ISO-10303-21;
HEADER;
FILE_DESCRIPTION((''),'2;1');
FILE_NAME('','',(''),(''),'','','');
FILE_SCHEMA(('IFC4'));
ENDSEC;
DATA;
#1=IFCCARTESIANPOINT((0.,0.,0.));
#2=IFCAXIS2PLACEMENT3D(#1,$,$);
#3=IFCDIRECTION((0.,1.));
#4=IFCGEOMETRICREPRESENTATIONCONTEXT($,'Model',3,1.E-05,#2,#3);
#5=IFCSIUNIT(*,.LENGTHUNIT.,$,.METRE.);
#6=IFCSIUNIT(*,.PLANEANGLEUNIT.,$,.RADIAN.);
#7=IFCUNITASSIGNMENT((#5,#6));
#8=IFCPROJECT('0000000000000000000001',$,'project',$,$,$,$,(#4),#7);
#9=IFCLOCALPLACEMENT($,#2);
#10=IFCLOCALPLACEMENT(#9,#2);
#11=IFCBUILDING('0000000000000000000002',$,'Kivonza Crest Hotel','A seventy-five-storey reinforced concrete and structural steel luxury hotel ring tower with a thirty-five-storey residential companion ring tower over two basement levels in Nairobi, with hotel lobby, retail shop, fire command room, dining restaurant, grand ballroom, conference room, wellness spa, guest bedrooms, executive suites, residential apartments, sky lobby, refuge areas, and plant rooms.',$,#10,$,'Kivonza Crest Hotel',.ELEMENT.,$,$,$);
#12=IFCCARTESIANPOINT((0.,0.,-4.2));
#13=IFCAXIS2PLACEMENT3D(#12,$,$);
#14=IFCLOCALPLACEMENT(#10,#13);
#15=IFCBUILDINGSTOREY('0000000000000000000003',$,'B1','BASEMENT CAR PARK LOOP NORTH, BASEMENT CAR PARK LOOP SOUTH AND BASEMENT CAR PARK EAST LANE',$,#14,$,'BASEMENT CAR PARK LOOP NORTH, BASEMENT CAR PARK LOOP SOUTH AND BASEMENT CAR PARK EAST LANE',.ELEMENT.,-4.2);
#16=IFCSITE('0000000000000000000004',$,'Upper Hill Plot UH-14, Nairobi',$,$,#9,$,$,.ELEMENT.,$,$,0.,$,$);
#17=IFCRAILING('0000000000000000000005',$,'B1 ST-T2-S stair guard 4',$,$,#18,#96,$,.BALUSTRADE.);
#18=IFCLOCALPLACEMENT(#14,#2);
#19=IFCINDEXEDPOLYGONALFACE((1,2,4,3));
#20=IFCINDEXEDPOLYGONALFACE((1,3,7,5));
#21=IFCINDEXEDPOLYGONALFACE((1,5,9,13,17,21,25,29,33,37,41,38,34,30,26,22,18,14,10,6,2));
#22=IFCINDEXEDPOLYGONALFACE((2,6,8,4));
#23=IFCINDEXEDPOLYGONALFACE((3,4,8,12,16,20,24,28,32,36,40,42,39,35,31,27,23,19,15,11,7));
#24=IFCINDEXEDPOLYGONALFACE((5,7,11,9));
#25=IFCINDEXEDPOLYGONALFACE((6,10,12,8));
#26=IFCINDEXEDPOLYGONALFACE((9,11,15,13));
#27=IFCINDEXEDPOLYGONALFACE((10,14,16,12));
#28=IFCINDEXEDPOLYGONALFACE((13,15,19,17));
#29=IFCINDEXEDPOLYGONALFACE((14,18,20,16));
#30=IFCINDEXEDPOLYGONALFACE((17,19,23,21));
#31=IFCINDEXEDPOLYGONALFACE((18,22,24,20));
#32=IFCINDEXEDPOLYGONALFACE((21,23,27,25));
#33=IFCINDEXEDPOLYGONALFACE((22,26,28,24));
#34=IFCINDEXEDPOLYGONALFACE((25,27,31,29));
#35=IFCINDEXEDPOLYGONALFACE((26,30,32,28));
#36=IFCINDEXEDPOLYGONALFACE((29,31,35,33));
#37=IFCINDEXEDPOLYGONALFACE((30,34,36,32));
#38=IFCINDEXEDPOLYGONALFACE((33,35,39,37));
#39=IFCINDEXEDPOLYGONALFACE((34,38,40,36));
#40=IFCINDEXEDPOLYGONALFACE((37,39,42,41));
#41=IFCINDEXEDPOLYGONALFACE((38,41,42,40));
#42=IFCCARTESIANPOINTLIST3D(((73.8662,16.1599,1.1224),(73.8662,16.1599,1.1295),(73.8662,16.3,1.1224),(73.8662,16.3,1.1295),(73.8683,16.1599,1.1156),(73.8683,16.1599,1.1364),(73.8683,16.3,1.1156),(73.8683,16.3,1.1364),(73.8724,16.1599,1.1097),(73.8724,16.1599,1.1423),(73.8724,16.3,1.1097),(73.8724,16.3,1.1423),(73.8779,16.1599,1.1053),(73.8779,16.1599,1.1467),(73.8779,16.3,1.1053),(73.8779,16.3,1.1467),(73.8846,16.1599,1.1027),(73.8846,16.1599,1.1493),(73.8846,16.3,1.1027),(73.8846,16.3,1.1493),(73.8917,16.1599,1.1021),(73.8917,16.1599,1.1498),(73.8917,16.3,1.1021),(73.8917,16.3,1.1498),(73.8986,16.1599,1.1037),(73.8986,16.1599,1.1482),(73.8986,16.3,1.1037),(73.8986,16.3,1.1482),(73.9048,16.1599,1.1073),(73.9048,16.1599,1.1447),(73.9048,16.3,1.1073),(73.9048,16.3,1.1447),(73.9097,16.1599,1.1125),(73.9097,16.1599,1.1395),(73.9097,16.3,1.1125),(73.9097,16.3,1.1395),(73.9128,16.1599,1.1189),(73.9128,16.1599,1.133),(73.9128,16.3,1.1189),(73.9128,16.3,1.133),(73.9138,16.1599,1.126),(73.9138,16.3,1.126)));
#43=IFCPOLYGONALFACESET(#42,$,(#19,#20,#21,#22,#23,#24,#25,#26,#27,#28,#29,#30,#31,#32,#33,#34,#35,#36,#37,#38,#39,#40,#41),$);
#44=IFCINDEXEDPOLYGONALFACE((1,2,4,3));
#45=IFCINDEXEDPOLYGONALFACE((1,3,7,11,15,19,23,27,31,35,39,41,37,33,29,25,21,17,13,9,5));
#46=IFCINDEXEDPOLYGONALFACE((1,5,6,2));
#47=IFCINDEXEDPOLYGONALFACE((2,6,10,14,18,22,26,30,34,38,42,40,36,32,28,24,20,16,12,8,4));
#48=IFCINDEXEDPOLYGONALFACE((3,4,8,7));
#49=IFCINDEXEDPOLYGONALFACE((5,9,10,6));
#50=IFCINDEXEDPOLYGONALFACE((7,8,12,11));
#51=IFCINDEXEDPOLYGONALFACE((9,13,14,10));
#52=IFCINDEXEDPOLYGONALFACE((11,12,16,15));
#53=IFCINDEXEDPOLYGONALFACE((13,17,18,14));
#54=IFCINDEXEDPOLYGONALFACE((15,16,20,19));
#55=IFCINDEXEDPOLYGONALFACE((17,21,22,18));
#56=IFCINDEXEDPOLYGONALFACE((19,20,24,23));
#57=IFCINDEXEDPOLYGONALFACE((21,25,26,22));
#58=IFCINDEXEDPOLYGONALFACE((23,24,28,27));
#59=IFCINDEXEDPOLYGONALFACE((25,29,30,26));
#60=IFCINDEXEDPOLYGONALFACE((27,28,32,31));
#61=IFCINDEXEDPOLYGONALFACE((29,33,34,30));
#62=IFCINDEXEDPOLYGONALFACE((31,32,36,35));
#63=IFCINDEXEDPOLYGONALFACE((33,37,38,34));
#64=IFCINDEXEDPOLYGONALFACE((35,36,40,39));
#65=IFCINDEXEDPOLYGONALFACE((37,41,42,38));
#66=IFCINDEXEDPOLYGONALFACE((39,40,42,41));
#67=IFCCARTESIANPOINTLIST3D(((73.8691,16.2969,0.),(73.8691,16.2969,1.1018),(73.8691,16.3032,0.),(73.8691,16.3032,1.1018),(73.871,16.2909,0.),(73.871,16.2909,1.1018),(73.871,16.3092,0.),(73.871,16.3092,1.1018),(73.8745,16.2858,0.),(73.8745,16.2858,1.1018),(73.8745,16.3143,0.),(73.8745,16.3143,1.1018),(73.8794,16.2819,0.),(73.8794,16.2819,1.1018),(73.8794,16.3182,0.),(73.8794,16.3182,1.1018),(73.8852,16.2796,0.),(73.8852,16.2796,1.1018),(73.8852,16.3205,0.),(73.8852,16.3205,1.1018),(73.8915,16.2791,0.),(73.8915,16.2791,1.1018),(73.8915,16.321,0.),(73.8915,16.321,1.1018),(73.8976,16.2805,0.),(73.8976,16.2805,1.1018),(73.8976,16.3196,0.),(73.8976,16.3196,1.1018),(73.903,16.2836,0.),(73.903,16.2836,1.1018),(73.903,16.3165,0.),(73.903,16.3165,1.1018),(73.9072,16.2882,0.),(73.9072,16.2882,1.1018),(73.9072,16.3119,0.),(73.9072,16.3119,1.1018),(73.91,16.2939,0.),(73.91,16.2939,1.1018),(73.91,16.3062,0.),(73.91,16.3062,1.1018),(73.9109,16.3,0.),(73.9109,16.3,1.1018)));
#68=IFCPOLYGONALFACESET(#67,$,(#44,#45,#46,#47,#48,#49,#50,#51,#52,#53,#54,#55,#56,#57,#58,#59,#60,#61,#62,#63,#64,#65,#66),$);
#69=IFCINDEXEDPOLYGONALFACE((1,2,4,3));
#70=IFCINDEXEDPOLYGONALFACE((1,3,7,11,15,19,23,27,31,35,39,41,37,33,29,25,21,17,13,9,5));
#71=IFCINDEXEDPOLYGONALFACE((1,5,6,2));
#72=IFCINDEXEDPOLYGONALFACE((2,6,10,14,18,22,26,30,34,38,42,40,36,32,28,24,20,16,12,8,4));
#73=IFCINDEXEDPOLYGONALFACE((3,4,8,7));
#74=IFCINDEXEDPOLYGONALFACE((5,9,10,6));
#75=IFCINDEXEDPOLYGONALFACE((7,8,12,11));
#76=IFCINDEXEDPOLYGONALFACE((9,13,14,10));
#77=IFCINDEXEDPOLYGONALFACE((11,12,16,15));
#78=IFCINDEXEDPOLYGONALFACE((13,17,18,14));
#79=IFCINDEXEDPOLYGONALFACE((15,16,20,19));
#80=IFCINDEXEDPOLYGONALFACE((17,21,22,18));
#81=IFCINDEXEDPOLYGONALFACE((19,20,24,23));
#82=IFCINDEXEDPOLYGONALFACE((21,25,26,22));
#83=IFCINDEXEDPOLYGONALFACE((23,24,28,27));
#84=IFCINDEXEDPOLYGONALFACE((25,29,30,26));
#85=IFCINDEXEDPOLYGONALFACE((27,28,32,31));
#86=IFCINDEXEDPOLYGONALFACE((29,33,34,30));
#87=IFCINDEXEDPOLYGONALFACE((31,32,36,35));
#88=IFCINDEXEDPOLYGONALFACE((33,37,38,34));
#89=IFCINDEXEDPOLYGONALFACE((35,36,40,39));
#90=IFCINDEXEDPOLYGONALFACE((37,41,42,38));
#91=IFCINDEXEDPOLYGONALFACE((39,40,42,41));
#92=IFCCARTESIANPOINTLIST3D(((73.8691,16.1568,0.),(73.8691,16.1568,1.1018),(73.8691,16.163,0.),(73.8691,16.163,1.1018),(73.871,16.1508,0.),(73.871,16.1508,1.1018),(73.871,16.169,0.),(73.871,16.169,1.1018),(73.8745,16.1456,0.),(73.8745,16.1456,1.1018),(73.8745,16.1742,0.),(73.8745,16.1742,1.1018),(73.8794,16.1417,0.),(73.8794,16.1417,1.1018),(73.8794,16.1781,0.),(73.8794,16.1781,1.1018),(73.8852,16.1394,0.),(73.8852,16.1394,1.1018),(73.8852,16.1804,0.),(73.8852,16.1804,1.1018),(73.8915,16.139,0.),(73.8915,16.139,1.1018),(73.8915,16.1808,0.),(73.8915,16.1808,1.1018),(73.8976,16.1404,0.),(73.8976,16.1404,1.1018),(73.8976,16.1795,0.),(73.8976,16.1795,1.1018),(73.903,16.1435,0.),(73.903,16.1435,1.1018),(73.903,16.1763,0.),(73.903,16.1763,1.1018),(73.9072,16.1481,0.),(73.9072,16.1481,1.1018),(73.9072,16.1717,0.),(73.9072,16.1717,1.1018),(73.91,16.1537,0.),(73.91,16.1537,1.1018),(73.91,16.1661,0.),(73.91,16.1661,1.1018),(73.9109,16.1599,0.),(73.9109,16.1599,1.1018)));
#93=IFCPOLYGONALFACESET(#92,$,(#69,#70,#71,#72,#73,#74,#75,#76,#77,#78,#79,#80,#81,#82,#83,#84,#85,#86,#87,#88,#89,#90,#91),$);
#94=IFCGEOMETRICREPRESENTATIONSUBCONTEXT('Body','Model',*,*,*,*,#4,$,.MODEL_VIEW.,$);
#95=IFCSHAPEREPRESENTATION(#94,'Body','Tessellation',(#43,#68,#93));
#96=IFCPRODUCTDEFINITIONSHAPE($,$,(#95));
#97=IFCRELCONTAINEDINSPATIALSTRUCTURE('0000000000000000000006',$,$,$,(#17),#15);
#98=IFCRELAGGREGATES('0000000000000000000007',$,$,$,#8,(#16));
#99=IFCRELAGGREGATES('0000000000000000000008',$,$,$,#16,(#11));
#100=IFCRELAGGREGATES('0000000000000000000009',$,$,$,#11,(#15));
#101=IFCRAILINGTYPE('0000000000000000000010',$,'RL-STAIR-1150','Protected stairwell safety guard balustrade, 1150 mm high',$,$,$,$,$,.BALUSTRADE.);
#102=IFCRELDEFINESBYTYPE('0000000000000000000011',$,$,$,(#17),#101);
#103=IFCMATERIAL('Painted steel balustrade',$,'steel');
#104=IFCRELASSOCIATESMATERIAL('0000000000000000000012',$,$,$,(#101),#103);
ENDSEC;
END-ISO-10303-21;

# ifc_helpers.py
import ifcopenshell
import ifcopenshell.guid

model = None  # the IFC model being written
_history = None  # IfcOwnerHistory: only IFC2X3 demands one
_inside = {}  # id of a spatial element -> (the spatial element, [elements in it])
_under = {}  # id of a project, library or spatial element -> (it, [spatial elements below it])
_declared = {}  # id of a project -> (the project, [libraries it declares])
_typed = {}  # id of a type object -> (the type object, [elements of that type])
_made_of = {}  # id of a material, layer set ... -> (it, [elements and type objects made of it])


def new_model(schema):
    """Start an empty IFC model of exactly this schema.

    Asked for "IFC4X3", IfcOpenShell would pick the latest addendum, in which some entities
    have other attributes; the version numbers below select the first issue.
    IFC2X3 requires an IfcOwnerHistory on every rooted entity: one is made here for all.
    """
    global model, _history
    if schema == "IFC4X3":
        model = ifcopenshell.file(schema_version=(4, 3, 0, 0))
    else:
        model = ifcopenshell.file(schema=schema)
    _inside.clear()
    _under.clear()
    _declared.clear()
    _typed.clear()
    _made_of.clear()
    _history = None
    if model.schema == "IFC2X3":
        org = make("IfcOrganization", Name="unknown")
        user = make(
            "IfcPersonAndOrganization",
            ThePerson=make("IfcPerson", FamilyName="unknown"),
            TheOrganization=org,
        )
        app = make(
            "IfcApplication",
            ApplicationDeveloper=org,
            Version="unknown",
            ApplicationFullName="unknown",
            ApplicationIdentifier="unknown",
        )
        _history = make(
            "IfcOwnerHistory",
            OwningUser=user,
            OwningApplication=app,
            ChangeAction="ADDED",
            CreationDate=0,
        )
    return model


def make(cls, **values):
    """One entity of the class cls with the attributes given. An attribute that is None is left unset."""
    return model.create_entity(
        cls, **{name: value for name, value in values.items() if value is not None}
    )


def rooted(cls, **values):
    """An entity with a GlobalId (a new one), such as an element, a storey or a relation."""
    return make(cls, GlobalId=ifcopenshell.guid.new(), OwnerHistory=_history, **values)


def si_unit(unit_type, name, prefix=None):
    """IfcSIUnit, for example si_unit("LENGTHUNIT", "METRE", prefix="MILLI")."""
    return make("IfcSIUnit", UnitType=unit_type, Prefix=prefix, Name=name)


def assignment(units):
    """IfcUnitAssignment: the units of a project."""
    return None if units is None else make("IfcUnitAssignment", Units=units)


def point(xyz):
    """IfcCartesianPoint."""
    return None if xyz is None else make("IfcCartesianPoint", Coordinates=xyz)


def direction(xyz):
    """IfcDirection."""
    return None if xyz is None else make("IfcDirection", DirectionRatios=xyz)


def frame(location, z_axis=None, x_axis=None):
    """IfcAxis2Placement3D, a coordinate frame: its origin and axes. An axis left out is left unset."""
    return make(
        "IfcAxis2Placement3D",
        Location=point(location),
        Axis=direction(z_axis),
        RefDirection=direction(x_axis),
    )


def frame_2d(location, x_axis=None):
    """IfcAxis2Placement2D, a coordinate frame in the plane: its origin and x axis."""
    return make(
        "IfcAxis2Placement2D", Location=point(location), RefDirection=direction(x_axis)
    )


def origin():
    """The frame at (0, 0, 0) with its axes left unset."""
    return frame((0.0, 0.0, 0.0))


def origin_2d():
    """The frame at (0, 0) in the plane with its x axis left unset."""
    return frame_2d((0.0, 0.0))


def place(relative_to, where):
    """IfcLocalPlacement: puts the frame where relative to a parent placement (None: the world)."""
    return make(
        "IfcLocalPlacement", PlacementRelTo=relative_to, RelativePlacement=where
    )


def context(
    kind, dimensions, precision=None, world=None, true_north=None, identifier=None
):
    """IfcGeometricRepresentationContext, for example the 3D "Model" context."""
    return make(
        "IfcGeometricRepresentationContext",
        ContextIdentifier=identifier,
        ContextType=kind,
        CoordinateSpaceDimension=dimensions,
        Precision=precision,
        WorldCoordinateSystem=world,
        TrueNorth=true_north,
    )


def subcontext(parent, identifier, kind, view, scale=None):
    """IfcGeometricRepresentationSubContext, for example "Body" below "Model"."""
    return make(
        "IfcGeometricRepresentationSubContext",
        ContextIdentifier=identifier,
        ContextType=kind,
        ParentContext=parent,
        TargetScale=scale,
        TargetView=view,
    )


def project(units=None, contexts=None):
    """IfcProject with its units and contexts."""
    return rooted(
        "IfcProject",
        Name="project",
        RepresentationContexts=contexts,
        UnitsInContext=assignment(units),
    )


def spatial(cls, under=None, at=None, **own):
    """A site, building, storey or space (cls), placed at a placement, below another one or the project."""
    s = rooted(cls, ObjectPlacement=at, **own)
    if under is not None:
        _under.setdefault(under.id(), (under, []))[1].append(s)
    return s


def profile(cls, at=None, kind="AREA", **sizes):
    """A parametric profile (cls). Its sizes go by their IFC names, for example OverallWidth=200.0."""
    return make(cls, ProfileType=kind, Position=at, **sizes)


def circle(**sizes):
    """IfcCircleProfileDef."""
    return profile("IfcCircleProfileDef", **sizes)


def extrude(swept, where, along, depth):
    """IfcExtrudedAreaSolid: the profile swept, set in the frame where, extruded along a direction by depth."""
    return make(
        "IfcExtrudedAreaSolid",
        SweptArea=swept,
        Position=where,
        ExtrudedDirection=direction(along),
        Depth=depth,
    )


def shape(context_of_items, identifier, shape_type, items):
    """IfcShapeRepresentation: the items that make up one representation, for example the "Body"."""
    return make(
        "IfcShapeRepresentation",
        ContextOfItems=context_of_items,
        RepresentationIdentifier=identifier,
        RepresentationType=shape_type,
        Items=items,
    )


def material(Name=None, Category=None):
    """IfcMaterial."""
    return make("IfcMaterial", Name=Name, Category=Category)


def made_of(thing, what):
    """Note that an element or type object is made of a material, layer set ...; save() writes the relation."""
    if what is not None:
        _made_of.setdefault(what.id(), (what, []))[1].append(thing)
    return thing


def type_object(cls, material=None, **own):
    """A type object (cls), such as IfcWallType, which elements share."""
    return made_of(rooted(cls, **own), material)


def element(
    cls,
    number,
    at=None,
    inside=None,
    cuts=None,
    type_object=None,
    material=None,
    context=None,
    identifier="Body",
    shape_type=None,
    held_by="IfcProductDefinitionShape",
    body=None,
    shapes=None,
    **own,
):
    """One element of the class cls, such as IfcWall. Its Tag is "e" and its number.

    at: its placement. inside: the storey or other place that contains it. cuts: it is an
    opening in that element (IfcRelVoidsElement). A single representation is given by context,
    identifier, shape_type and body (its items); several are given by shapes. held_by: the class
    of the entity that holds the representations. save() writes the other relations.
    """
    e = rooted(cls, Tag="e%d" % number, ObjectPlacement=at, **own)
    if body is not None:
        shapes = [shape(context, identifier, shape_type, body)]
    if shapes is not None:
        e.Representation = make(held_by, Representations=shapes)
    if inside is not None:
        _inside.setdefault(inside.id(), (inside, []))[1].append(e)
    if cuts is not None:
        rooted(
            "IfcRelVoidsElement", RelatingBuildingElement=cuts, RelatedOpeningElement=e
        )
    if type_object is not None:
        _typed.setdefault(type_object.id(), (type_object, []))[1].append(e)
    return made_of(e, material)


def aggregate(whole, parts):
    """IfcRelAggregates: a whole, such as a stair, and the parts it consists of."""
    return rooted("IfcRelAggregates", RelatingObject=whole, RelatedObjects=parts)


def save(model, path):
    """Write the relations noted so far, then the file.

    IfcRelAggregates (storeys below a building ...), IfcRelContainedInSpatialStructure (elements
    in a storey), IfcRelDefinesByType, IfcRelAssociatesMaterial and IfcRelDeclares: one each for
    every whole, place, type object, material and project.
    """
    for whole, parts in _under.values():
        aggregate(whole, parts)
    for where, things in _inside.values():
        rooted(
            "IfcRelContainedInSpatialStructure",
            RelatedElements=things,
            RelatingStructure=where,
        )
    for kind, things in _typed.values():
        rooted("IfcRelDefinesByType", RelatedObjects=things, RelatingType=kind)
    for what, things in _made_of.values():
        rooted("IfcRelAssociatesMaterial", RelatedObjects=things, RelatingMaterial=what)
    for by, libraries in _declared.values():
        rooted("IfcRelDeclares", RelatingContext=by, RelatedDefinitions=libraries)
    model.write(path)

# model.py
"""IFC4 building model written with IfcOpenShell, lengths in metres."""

from ifc_helpers import new_model, si_unit, direction, frame, origin, origin_2d, place, context, subcontext, project, spatial, circle, extrude, material, type_object, element, save


model = new_model("IFC4")

# Units and contexts
model_context = context("Model", 3, precision=1e-05, world=origin(), true_north=direction((0.0, 1.0)))
body_context = subcontext(model_context, "Body", "Model", "MODEL_VIEW")
ifc_project = project(units=[si_unit("LENGTHUNIT", "METRE"), si_unit("PLANEANGLEUNIT", "RADIAN")], contexts=[model_context])

# Site, building, storey
site_placement = place(None, origin())
site = spatial("IfcSite", under=ifc_project, at=site_placement, Name="Upper Hill Plot UH-14, Nairobi", CompositionType="ELEMENT", RefElevation=0.0)
building_placement = place(site_placement, origin())
building = spatial("IfcBuilding", under=site, at=building_placement, Name="Kivonza Crest Hotel", Description="A seventy-five-storey reinforced concrete and structural steel luxury hotel ring tower with a thirty-five-storey residential companion ring tower over two basement levels in Nairobi, with hotel lobby, retail shop, fire command room, dining restaurant, grand ballroom, conference room, wellness spa, guest bedrooms, executive suites, residential apartments, sky lobby, refuge areas, and plant rooms.", LongName="Kivonza Crest Hotel", CompositionType="ELEMENT")
storey_placement = place(building_placement, frame((0.0, 0.0, -4.2)))
storey = spatial("IfcBuildingStorey", under=building, at=storey_placement, Name="B1", Description="BASEMENT CAR PARK LOOP NORTH, BASEMENT CAR PARK LOOP SOUTH AND BASEMENT CAR PARK EAST LANE", LongName="BASEMENT CAR PARK LOOP NORTH, BASEMENT CAR PARK LOOP SOUTH AND BASEMENT CAR PARK EAST LANE", CompositionType="ELEMENT", Elevation=-4.2)

# Railing
ifc_material_1 = material(Name="Painted steel balustrade", Category="steel")
railing_type_1 = type_object("IfcRailingType", Name="RL-STAIR-1150", Description="Protected stairwell safety guard balustrade, 1150 mm high", PredefinedType="BALUSTRADE", material=ifc_material_1)
railing_1_placement = place(storey_placement, frame((73.8899, 16.3, 0.0)))
element("IfcRailing", 1, at=railing_1_placement, inside=storey, type_object=railing_type_1, Name="B1 ST-T2-S stair guard 4", PredefinedType="BALUSTRADE", context=body_context, shape_type="SweptSolid", body=[
    extrude(circle(Radius=0.0239, at=origin_2d()), frame((0.0, 0.0, 1.126), z_axis=(0.0, -1.0, 0.0), x_axis=(1.0, 0.0, 0.0)), (0.0, 0.0, 1.0), 0.1401),
    extrude(circle(Radius=0.021, at=origin_2d()), origin(), (0.0, 0.0, 1.0), 1.1018),
    extrude(circle(Radius=0.021, at=origin_2d()), frame((0.0, -0.1401, 0.0)), (0.0, 0.0, 1.0), 1.1018),
])

save(model, "model.ifc")
